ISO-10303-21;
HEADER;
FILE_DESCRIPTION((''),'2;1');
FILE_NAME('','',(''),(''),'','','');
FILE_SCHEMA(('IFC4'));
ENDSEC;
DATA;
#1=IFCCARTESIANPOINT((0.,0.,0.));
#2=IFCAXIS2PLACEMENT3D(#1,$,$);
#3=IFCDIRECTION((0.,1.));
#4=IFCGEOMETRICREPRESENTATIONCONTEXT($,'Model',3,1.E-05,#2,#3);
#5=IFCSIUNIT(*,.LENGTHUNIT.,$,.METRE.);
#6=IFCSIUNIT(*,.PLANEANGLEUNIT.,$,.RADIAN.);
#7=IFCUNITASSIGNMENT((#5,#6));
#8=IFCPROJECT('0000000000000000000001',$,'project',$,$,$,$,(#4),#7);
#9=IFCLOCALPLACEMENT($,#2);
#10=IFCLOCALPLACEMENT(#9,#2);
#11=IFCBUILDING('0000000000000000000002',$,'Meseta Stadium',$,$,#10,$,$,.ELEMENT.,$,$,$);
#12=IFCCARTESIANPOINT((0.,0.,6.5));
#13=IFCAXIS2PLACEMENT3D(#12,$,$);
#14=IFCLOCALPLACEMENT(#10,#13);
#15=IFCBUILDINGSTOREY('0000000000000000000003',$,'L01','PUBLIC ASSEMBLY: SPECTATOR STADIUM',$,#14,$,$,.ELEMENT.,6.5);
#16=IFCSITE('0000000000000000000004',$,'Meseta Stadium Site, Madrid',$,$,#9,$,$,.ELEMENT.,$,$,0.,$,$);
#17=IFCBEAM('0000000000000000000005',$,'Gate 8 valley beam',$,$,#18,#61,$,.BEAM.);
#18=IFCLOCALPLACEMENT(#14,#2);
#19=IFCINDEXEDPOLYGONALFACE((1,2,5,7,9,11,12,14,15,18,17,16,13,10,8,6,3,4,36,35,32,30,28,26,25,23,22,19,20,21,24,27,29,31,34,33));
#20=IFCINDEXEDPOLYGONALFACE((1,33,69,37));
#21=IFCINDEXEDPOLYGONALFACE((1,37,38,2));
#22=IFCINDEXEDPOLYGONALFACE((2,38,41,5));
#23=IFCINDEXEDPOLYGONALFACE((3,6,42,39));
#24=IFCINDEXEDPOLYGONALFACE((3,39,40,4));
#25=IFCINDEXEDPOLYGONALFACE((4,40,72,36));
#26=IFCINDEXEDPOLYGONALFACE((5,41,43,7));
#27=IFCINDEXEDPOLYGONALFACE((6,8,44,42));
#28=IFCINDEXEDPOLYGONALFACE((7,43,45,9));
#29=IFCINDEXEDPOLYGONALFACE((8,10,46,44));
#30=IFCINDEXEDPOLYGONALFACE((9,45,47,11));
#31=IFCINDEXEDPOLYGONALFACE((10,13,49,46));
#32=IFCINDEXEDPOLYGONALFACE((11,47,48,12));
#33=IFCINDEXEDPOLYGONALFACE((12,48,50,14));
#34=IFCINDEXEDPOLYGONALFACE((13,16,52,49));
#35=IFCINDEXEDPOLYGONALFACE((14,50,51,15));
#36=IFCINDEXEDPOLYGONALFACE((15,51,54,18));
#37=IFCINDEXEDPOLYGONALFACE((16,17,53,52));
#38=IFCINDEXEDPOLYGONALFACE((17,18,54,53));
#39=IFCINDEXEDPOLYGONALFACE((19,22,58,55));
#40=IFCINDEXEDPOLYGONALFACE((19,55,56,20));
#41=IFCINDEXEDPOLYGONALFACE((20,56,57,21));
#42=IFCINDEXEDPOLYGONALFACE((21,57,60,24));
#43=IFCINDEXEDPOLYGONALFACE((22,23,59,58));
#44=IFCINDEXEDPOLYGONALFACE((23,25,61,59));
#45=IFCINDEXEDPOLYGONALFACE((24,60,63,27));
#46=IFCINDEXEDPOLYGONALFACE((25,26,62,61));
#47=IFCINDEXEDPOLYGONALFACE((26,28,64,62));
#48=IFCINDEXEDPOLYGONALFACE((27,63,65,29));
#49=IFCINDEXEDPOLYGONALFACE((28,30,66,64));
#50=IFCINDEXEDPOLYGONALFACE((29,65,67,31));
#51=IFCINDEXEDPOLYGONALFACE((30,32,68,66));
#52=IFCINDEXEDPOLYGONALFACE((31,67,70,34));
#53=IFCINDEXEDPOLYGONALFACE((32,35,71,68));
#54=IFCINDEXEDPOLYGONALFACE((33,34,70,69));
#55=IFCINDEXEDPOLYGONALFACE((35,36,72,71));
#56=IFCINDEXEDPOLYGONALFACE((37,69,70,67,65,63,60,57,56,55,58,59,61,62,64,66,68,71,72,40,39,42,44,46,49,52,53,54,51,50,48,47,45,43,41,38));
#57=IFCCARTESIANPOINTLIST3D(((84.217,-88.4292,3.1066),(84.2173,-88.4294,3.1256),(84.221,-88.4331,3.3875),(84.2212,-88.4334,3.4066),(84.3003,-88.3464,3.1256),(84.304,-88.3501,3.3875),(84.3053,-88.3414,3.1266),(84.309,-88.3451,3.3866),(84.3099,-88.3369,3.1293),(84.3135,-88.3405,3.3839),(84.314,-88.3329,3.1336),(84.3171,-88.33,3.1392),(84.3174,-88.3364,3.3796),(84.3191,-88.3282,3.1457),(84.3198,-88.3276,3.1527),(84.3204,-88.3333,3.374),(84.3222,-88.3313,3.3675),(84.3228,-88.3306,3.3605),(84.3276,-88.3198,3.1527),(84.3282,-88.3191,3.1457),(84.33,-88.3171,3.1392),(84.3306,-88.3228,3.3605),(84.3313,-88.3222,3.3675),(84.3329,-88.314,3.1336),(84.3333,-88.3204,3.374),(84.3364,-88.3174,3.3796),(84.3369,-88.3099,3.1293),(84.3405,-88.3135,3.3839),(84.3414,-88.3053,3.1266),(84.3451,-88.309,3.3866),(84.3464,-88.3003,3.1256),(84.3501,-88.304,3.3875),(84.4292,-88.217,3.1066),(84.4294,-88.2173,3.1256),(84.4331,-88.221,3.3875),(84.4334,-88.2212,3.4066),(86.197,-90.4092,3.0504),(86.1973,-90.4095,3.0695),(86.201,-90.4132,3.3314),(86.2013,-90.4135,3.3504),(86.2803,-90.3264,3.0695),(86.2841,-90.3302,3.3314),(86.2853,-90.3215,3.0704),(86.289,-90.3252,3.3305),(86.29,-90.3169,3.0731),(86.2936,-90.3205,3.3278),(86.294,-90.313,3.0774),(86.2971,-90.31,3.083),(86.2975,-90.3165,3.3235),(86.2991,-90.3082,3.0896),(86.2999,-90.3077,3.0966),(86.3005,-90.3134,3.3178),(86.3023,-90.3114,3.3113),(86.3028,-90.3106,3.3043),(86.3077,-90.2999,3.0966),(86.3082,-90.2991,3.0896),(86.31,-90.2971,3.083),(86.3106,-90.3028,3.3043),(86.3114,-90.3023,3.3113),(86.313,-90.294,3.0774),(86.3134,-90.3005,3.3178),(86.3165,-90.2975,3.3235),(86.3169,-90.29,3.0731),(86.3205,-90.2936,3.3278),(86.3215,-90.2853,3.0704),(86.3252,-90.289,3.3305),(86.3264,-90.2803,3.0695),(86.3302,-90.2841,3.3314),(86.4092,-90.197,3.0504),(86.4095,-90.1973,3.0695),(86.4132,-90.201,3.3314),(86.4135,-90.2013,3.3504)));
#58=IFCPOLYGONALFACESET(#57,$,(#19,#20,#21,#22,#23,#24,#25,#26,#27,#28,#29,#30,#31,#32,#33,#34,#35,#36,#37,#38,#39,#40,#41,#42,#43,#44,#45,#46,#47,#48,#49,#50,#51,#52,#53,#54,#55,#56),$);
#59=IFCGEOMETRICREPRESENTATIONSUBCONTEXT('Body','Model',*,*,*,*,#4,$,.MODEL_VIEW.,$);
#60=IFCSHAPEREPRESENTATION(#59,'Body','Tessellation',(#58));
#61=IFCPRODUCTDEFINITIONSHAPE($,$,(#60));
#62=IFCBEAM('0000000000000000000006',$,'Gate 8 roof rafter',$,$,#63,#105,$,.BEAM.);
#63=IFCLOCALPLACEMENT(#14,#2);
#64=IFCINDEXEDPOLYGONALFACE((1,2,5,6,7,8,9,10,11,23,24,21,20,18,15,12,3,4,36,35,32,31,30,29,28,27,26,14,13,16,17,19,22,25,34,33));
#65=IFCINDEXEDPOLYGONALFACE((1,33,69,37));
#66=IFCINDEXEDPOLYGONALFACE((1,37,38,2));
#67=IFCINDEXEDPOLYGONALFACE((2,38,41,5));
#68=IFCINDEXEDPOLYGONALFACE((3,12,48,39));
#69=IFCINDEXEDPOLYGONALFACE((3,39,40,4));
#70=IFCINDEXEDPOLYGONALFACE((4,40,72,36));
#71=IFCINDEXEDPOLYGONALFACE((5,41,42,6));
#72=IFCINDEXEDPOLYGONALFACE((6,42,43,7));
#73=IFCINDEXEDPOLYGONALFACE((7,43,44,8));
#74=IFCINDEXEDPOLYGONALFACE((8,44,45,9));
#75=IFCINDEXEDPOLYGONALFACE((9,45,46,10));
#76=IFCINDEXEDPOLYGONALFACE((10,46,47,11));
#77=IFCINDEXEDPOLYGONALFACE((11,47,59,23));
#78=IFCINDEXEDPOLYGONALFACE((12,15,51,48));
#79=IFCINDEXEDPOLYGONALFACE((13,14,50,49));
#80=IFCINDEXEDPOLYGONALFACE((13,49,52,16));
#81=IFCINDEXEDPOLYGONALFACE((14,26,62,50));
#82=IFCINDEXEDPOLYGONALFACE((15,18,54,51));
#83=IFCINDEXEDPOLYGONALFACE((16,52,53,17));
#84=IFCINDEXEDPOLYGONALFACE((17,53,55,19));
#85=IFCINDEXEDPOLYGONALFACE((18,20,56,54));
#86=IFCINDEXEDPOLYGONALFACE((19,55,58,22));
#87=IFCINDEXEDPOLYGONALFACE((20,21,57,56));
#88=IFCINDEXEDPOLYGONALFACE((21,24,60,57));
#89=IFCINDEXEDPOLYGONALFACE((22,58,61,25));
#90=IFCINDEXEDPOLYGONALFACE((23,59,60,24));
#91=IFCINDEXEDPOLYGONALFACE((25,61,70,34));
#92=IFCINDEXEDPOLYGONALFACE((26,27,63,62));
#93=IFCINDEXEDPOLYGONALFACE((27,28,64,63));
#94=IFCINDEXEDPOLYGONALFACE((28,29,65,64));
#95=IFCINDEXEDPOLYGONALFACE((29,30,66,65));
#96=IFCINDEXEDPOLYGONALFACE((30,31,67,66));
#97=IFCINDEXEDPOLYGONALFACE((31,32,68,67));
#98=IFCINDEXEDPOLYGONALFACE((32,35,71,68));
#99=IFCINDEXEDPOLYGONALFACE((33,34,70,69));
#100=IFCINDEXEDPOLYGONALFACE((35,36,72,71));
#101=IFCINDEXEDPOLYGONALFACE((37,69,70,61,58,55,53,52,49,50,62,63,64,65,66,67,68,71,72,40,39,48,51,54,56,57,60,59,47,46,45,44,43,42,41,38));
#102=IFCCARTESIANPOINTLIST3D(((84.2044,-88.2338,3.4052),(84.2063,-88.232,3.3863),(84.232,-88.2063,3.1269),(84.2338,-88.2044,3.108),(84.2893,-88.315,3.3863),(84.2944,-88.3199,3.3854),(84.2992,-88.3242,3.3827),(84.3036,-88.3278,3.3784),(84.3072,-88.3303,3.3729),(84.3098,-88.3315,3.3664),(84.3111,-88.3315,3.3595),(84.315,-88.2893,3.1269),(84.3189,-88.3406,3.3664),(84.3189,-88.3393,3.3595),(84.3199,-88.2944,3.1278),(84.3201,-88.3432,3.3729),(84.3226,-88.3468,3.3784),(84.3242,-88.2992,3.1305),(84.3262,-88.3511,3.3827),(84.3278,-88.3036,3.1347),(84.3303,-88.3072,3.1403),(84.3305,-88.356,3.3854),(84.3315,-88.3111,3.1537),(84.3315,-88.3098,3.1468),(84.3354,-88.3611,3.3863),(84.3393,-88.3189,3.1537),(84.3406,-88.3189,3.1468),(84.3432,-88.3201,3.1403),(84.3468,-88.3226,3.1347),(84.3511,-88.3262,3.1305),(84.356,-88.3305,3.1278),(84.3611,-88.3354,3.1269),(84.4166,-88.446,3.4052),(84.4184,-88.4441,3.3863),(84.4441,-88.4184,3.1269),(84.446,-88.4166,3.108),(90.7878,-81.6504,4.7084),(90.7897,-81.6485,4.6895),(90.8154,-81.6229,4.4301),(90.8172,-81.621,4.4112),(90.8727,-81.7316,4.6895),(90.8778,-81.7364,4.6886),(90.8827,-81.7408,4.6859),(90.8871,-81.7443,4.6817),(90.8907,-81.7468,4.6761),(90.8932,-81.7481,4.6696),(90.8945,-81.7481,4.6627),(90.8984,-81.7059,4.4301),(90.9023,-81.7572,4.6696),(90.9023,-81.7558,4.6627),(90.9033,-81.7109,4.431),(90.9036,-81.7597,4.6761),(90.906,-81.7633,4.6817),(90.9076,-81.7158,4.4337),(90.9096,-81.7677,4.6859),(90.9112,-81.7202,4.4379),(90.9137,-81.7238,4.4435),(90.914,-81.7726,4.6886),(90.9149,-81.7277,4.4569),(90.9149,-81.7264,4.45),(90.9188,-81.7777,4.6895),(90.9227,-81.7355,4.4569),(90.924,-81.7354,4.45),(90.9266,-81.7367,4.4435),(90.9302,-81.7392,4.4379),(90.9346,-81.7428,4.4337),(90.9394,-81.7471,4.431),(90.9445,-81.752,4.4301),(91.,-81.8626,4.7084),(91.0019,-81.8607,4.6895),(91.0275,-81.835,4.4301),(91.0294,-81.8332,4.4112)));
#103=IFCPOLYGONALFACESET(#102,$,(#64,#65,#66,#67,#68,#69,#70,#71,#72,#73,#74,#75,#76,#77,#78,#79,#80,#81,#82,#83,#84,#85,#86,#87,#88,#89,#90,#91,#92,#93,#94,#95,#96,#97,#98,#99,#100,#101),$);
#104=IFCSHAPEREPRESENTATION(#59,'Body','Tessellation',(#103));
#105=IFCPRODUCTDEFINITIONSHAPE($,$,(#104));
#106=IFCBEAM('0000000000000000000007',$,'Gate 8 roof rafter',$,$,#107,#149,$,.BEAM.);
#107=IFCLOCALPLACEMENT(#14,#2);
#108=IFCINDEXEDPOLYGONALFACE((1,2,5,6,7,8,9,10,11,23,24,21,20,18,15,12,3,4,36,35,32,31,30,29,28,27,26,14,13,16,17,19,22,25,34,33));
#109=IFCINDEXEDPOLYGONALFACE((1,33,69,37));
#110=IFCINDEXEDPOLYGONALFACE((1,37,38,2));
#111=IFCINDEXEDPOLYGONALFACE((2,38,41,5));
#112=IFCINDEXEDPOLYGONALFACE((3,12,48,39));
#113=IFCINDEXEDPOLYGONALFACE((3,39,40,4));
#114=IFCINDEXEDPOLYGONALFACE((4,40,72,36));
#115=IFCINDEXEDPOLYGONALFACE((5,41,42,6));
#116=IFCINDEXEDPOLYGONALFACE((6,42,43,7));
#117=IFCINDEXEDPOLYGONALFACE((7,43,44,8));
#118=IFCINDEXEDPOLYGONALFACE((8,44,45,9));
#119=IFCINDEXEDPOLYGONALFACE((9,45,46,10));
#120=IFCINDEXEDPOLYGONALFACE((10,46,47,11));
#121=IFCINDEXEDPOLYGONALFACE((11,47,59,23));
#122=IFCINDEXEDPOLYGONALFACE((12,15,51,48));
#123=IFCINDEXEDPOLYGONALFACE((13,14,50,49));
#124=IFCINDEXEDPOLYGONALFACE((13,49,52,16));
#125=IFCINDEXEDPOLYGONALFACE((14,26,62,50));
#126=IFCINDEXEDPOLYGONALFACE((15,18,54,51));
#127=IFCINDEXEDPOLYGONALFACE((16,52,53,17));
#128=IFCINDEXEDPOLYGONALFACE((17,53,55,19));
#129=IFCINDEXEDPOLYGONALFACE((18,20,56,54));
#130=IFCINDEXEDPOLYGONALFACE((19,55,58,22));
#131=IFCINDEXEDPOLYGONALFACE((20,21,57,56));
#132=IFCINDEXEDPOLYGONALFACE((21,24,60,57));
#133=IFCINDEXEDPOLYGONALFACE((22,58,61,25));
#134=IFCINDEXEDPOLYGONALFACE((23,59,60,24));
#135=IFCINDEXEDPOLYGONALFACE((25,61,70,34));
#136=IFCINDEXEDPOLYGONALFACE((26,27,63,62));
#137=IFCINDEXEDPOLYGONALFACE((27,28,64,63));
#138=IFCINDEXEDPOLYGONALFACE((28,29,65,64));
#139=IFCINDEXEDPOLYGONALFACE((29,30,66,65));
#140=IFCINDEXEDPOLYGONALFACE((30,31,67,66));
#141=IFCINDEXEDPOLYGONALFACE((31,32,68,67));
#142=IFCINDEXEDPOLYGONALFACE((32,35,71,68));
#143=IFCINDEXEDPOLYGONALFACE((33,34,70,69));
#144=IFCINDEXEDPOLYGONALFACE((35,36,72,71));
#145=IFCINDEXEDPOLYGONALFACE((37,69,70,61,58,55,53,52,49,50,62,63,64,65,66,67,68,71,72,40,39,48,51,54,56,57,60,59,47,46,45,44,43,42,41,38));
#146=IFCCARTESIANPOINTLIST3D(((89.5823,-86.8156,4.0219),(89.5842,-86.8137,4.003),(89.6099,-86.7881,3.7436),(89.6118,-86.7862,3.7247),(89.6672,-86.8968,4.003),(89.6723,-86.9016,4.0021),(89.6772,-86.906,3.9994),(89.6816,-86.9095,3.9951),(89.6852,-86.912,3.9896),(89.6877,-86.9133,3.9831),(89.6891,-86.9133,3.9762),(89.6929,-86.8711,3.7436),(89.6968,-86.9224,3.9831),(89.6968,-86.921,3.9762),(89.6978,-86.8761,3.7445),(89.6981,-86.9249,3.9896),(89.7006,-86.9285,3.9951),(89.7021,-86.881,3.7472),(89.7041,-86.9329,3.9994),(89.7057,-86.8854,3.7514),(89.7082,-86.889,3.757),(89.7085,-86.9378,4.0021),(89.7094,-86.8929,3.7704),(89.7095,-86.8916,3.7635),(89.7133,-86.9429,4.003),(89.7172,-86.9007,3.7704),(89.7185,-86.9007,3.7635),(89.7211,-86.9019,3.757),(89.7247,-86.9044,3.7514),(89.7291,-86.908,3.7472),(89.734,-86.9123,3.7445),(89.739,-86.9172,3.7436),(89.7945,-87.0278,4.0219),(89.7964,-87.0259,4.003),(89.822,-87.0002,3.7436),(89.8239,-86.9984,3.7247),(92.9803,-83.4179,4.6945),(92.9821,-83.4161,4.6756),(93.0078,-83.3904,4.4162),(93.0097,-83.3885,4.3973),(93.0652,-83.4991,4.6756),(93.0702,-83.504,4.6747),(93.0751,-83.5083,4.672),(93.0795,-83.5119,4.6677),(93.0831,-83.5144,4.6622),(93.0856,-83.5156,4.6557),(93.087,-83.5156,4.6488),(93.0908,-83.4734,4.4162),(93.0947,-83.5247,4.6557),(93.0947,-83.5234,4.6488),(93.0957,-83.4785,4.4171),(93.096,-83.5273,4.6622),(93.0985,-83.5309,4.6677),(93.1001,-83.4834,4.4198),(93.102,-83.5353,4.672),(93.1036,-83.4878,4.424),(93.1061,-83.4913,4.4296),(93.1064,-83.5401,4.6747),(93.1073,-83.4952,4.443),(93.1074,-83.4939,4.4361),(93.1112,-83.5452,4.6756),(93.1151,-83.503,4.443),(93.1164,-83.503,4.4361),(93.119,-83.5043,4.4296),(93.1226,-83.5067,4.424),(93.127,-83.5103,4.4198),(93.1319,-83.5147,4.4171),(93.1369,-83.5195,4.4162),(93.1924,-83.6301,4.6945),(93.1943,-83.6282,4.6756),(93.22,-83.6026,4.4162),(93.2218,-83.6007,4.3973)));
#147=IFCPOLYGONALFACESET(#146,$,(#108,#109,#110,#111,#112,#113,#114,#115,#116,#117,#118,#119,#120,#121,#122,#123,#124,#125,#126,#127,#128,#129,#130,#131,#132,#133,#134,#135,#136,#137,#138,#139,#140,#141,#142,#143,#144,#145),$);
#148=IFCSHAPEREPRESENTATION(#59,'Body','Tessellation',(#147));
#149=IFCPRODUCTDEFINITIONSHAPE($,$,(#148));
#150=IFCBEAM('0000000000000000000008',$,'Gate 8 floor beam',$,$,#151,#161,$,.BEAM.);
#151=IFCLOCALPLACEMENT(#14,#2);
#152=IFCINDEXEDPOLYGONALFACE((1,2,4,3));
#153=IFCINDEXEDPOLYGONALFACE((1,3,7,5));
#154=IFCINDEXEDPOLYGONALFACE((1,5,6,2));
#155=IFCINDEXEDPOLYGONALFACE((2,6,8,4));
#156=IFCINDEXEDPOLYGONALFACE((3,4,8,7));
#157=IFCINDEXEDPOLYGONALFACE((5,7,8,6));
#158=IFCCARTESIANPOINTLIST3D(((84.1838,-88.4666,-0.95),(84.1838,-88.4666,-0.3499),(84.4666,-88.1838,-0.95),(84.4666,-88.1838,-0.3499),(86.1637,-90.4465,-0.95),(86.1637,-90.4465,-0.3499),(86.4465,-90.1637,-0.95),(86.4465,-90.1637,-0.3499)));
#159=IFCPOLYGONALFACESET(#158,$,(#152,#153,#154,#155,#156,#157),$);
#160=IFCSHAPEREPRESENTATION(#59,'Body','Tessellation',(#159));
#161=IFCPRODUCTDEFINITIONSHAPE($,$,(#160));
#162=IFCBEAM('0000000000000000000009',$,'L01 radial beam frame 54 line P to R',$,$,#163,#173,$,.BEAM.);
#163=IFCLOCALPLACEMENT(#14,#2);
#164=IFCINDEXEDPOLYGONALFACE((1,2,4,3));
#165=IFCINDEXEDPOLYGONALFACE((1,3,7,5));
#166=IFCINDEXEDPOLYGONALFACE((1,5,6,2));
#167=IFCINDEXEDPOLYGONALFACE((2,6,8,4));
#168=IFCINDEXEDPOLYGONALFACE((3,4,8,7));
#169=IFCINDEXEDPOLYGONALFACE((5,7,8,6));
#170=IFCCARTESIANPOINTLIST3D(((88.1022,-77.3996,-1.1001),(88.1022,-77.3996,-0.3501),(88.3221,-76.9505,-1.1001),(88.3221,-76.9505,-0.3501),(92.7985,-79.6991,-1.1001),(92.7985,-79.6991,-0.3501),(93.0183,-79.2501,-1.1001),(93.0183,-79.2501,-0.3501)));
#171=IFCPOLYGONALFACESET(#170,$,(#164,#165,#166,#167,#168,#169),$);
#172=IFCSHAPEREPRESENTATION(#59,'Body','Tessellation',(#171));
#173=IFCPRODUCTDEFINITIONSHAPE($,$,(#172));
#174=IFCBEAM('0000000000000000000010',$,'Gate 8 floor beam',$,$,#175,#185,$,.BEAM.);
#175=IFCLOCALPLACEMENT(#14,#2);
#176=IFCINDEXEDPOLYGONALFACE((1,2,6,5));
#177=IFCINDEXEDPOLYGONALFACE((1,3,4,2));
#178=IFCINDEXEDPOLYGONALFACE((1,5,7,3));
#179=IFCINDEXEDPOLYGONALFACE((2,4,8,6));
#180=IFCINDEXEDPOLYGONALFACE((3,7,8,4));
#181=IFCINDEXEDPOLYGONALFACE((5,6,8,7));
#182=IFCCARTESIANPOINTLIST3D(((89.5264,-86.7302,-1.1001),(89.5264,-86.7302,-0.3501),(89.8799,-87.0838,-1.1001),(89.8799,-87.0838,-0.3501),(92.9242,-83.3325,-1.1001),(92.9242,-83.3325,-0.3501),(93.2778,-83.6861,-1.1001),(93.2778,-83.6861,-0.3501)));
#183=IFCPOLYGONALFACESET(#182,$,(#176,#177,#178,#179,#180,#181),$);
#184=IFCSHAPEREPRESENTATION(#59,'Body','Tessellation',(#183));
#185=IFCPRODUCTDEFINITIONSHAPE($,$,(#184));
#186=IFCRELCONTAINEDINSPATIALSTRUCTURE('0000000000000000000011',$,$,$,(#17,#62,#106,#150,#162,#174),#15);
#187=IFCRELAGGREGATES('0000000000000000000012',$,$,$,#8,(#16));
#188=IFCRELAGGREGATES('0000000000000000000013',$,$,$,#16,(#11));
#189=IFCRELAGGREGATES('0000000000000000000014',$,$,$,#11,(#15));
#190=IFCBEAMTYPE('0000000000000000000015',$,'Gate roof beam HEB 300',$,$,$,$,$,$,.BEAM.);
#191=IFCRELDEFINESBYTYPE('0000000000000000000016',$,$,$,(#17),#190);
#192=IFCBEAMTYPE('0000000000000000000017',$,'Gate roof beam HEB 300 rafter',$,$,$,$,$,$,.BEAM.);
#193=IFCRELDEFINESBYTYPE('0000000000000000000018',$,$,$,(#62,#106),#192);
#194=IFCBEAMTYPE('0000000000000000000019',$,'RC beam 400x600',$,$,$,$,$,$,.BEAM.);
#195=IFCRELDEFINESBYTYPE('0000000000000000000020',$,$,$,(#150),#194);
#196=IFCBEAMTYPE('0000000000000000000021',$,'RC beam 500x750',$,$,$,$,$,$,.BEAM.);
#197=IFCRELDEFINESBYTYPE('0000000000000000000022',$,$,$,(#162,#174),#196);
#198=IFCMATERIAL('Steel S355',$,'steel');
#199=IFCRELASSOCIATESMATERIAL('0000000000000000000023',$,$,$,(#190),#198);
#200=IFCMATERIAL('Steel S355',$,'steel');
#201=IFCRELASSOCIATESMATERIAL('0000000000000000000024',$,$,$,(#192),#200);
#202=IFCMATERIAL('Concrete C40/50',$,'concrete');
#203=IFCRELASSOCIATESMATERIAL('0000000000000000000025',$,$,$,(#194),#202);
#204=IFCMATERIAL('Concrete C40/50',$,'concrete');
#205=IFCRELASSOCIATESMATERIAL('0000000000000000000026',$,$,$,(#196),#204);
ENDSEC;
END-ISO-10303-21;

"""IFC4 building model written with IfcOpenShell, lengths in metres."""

from ifc_helpers import new_model, si_unit, direction, frame, origin, origin_2d, place, context, subcontext, project, spatial, rectangle, i_section, extrude, material, material_profile, profile_set, type_object, element, save


model = new_model("IFC4")

# Units and contexts
model_context = context("Model", 3, precision=1e-05, world=origin(), true_north=direction((0.0, 1.0)))
body_context = subcontext(model_context, "Body", "Model", "MODEL_VIEW")
ifc_project = project(units=[si_unit("LENGTHUNIT", "METRE"), si_unit("PLANEANGLEUNIT", "RADIAN")], contexts=[model_context])

# Site, building, storey
site_placement = place(None, origin())
site = spatial("IfcSite", under=ifc_project, at=site_placement, Name="Meseta Stadium Site, Madrid", CompositionType="ELEMENT", RefElevation=0.0)
building_placement = place(site_placement, origin())
building = spatial("IfcBuilding", under=site, at=building_placement, Name="Meseta Stadium", CompositionType="ELEMENT")
storey_placement = place(building_placement, frame((0.0, 0.0, 6.5)))
storey = spatial("IfcBuildingStorey", under=building, at=storey_placement, Name="L01", Description="PUBLIC ASSEMBLY: SPECTATOR STADIUM", CompositionType="ELEMENT", Elevation=6.5)

# Beams
ifc_material_1 = material(Name="Steel S355", Category="steel")
ifc_material_profile_1 = material_profile(ifc_material_1, i_section(OverallWidth=0.3, OverallDepth=0.3, WebThickness=0.011, FlangeThickness=0.019, FilletRadius=0.0271, at=origin_2d()), Name="HEB 300")
ifc_profile_set_1 = profile_set([ifc_material_profile_1], Name="Steel S355")
beam_type_1 = type_object("IfcBeamType", Name="Gate roof beam HEB 300", PredefinedType="BEAM", material=ifc_profile_set_1)
beam_1_placement = place(storey_placement, frame((84.3252, -88.3252, 3.2566), z_axis=(0.706965, -0.706965, -0.02005), x_axis=(0.707107, 0.707107, 0.0)))
element("IfcBeam", 1, at=beam_1_placement, inside=storey, type_object=beam_type_1, Name="Gate 8 valley beam", PredefinedType="BEAM", context=body_context, shape_type="SweptSolid", body=[
    extrude(i_section(OverallWidth=0.3, OverallDepth=0.3, WebThickness=0.011, FlangeThickness=0.019, FilletRadius=0.0271, at=origin_2d()), origin(), (0.0, 0.0, 1.0), 2.8008),
])
ifc_material_2 = material(Name="Steel S355", Category="steel")
ifc_material_profile_2 = material_profile(ifc_material_2, i_section(OverallWidth=0.3, OverallDepth=0.3, WebThickness=0.011, FlangeThickness=0.019, FilletRadius=0.0271, at=origin_2d()), Name="HEB 300")
ifc_profile_set_2 = profile_set([ifc_material_profile_2], Name="Steel S355")
beam_type_2 = type_object("IfcBeamType", Name="Gate roof beam HEB 300 rafter", PredefinedType="BEAM", material=ifc_profile_set_2)
beam_2_placement = place(storey_placement, frame((84.3252, -88.3252, 3.2566), z_axis=(0.70028, 0.70028, 0.138622), x_axis=(-0.707107, 0.707107, 0.0)))
element("IfcBeam", 2, at=beam_2_placement, inside=storey, type_object=beam_type_2, Name="Gate 8 roof rafter", PredefinedType="BEAM", context=body_context, shape_type="SweptSolid", body=[
    extrude(i_section(OverallWidth=0.3, OverallDepth=0.3, WebThickness=0.011, FlangeThickness=0.019, FilletRadius=0.0271, at=origin_2d()), origin(), (0.0, 0.0, 1.0), 9.4011),
])
beam_3_placement = place(storey_placement, frame((89.7031, -86.907, 3.8733), z_axis=(0.700305, 0.700255, 0.138622), x_axis=(-0.707081, 0.707132, 0.0)))
element("IfcBeam", 3, at=beam_3_placement, inside=storey, type_object=beam_type_2, Name="Gate 8 roof rafter", PredefinedType="BEAM", context=body_context, shape_type="SweptSolid", body=[
    extrude(i_section(OverallWidth=0.3, OverallDepth=0.3, WebThickness=0.011, FlangeThickness=0.019, FilletRadius=0.0271, at=origin_2d()), origin(), (0.0, 0.0, 1.0), 4.8521),
])
ifc_material_3 = material(Name="Concrete C40/50", Category="concrete")
ifc_material_profile_3 = material_profile(ifc_material_3, rectangle(XDim=0.3999, YDim=0.6001, at=origin_2d()), Name="RC 400x600")
ifc_profile_set_3 = profile_set([ifc_material_profile_3], Name="Concrete C40/50")
beam_type_3 = type_object("IfcBeamType", Name="RC beam 400x600", PredefinedType="BEAM", material=ifc_profile_set_3)
beam_4_placement = place(storey_placement, frame((84.3252, -88.3252, -0.6499), z_axis=(0.707107, -0.707107, 0.0), x_axis=(0.707107, 0.707107, 0.0)))
element("IfcBeam", 4, at=beam_4_placement, inside=storey, type_object=beam_type_3, Name="Gate 8 floor beam", PredefinedType="BEAM", context=body_context, shape_type="SweptSolid", body=[
    extrude(rectangle(XDim=0.3999, YDim=0.6001, at=origin_2d()), origin(), (0.0, 0.0, 1.0), 2.8),
])
ifc_material_4 = material(Name="Concrete C40/50", Category="concrete")
ifc_material_profile_4 = material_profile(ifc_material_4, rectangle(XDim=0.5, YDim=0.75, at=origin_2d()), Name="RC 500x750")
ifc_profile_set_4 = profile_set([ifc_material_profile_4], Name="Concrete C40/50")
beam_type_4 = type_object("IfcBeamType", Name="RC beam 500x750", PredefinedType="BEAM", material=ifc_profile_set_4)
beam_5_placement = place(storey_placement, frame((88.2122, -77.175, -0.7251), z_axis=(0.898113, -0.439765, 0.0), x_axis=(0.439765, 0.898113, 0.0)))
element("IfcBeam", 5, at=beam_5_placement, inside=storey, type_object=beam_type_4, Name="L01 radial beam frame 54 line P to R", PredefinedType="BEAM", context=body_context, shape_type="SweptSolid", body=[
    extrude(rectangle(XDim=0.5, YDim=0.75, at=origin_2d()), origin(), (0.0, 0.0, 1.0), 5.229),
])
beam_6_placement = place(storey_placement, frame((89.7031, -86.907, -0.7251), z_axis=(0.707132, 0.707081, 0.0), x_axis=(-0.707081, 0.707132, 0.0)))
element("IfcBeam", 6, at=beam_6_placement, inside=storey, type_object=beam_type_4, Name="Gate 8 floor beam", PredefinedType="BEAM", context=body_context, shape_type="SweptSolid", body=[
    extrude(rectangle(XDim=0.5, YDim=0.75, at=origin_2d()), origin(), (0.0, 0.0, 1.0), 4.8052),
])

save(model, "model.ifc")
